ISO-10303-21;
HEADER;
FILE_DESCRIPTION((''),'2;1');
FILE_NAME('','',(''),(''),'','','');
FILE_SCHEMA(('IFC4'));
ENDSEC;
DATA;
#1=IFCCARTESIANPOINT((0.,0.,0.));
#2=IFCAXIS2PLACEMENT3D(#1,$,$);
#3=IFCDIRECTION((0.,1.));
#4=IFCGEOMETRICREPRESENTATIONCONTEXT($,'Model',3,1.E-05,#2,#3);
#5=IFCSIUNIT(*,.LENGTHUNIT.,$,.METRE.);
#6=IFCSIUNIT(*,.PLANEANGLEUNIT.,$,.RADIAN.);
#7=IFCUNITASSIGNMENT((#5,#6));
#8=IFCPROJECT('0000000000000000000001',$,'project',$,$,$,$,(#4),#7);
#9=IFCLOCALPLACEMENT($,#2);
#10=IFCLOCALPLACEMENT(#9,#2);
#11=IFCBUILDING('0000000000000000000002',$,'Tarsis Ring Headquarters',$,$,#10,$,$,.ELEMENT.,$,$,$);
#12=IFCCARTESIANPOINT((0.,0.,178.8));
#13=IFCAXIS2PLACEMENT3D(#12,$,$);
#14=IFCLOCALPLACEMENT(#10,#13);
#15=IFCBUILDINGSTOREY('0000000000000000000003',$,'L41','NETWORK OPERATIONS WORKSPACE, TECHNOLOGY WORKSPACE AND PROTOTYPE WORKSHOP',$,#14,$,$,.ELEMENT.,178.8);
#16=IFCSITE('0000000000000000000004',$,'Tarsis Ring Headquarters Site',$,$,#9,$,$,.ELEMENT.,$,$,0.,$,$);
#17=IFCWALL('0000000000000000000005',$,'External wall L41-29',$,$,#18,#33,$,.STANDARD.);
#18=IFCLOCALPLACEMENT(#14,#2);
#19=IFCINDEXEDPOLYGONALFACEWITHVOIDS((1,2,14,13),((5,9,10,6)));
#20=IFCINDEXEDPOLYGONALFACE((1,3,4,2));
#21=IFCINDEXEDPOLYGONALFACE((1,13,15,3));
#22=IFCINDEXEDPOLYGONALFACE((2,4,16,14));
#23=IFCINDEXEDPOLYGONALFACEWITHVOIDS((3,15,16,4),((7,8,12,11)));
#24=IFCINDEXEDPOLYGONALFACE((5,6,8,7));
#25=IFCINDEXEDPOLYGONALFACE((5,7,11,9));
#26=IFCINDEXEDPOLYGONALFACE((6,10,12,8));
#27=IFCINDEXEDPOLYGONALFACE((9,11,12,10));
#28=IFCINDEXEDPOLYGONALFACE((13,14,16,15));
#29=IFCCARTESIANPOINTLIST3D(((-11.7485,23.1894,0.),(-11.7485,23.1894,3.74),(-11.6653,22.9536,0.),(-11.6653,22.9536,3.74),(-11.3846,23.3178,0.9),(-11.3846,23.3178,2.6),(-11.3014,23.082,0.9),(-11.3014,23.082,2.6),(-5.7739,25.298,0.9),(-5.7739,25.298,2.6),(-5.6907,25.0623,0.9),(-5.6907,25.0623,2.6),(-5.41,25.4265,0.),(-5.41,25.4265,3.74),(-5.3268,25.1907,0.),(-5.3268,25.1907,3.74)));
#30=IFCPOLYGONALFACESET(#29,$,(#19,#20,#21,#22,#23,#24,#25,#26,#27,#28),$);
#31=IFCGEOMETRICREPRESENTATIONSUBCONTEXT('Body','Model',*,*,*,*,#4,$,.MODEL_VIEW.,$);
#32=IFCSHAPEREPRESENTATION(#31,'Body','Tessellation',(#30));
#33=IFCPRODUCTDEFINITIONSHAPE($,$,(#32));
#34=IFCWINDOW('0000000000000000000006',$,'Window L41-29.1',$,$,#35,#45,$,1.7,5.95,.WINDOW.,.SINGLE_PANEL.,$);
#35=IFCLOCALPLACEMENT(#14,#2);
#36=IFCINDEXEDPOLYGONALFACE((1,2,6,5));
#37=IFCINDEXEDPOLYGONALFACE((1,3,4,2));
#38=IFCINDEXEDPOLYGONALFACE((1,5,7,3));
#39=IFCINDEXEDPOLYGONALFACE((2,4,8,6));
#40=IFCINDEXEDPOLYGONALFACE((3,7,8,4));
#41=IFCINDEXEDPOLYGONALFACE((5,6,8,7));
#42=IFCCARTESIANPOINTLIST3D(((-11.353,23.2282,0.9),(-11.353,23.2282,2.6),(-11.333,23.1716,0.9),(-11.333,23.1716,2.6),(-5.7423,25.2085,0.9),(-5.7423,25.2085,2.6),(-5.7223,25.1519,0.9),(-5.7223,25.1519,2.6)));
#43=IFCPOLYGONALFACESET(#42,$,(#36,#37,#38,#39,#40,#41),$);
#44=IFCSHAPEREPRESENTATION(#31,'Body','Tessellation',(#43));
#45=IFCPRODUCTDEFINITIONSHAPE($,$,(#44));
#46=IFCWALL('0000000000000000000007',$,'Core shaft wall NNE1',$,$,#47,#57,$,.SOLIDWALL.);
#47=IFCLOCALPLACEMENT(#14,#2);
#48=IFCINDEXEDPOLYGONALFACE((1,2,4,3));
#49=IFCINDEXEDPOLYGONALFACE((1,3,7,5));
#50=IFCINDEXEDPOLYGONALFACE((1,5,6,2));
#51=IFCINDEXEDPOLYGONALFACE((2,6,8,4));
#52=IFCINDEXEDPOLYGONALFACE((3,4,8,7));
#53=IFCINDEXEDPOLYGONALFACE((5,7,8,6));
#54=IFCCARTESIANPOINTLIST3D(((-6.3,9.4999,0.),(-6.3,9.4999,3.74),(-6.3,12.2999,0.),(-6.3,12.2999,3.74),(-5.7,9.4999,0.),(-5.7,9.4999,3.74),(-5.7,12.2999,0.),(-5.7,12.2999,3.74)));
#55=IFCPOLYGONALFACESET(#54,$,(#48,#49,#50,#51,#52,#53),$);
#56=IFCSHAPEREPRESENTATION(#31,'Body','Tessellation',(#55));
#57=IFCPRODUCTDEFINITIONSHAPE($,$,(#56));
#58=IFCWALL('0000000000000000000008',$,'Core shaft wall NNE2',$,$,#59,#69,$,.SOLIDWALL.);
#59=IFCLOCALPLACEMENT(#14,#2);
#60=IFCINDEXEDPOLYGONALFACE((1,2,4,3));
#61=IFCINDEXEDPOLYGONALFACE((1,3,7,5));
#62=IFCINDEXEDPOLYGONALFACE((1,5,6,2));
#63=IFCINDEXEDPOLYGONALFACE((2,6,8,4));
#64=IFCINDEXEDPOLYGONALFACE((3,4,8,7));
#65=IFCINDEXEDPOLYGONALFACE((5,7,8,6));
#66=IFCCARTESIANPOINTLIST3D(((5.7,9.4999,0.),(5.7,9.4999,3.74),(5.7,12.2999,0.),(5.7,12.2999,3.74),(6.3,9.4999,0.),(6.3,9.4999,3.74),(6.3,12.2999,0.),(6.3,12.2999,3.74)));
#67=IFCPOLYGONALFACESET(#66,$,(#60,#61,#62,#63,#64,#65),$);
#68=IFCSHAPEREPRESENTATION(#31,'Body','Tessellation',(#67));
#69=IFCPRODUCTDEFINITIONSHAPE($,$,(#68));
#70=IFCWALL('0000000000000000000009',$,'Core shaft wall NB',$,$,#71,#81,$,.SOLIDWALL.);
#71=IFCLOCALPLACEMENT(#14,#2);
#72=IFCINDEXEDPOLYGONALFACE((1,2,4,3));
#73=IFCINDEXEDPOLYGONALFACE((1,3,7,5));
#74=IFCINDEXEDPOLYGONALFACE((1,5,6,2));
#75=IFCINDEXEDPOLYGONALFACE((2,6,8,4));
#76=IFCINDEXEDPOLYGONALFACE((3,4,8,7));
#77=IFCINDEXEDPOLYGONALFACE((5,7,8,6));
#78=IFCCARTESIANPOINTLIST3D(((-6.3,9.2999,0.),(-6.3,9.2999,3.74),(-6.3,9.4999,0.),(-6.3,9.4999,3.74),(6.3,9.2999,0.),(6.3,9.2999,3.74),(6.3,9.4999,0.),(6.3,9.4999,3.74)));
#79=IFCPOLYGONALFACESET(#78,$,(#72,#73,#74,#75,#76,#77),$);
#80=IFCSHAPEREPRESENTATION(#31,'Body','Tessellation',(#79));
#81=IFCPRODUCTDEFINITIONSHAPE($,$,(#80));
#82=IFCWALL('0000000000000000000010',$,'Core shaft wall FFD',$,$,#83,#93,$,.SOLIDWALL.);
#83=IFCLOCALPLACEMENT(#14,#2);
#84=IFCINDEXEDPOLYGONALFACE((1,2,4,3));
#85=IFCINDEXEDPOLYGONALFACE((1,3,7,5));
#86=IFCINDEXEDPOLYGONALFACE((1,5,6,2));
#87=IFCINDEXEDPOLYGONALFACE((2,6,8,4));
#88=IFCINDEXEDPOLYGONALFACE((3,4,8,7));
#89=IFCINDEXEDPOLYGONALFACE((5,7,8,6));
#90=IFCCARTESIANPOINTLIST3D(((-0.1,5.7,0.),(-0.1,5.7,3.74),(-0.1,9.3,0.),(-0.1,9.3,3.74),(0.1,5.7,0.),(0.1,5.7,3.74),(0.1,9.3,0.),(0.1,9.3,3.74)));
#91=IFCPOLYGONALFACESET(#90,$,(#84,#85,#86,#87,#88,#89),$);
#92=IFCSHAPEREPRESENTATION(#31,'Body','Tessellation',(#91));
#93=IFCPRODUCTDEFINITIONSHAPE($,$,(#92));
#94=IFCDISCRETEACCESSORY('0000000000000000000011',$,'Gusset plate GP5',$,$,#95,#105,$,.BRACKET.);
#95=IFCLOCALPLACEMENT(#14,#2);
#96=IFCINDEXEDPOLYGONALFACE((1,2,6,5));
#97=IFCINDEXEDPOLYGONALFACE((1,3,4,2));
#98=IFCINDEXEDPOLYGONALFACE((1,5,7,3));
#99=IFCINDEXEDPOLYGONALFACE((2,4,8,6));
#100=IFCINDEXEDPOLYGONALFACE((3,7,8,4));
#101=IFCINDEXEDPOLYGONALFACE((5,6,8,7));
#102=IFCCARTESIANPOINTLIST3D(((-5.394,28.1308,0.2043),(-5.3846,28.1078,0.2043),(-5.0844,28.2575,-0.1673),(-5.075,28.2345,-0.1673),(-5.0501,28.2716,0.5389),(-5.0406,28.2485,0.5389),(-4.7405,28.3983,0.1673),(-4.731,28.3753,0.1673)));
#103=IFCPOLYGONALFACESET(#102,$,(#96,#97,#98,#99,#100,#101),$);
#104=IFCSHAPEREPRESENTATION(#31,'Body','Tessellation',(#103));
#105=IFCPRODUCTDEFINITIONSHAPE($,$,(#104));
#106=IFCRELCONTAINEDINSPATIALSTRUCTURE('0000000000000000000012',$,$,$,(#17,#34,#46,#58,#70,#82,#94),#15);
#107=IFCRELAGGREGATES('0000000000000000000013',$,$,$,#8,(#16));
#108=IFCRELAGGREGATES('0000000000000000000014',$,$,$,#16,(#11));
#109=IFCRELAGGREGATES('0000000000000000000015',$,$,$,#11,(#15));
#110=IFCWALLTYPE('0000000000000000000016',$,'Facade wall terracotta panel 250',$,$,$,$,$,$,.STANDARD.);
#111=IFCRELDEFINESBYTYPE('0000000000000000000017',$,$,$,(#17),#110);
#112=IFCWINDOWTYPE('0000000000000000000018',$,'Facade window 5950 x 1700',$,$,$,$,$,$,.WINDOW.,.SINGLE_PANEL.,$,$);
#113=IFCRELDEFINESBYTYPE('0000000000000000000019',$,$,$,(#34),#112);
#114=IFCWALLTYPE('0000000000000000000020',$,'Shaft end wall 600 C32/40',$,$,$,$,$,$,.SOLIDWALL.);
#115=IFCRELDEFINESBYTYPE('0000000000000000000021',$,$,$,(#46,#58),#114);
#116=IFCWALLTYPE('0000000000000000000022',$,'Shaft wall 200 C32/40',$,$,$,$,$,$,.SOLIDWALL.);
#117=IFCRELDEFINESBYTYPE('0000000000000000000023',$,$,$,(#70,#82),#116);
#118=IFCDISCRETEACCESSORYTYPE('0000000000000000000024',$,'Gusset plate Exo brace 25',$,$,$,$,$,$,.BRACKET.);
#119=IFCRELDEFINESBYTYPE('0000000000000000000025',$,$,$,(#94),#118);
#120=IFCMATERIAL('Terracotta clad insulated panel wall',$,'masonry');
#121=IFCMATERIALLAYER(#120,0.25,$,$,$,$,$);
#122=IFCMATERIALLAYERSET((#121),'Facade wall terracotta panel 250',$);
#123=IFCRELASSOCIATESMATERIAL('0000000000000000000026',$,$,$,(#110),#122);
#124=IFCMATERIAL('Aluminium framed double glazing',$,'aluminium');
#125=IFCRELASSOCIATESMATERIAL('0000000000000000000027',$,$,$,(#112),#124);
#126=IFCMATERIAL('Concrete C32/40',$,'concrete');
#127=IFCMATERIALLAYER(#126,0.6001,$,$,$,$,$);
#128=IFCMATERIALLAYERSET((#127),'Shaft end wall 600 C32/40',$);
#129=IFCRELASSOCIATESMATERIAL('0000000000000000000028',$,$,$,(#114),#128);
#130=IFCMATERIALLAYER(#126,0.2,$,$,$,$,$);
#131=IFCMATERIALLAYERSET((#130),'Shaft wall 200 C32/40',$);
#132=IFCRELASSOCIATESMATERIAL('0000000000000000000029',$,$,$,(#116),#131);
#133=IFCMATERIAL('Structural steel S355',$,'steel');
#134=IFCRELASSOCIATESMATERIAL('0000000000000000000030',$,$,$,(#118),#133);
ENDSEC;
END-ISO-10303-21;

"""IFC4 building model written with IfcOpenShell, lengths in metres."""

from ifc_helpers import new_model, si_unit, direction, frame, frame_2d, origin, origin_2d, place, context, subcontext, project, spatial, rectangle, extrude, material, layer, layer_set, material_profile, profile_set, type_object, element, fill, save


model = new_model("IFC4")

# Units and contexts
model_context = context("Model", 3, precision=1e-05, world=origin(), true_north=direction((0.0, 1.0)))
body_context = subcontext(model_context, "Body", "Model", "MODEL_VIEW")
ifc_project = project(units=[si_unit("LENGTHUNIT", "METRE"), si_unit("PLANEANGLEUNIT", "RADIAN")], contexts=[model_context])

# Site, building, storey
site_placement = place(None, origin())
site = spatial("IfcSite", under=ifc_project, at=site_placement, Name="Tarsis Ring Headquarters Site", CompositionType="ELEMENT", RefElevation=0.0)
building_placement = place(site_placement, origin())
building = spatial("IfcBuilding", under=site, at=building_placement, Name="Tarsis Ring Headquarters", CompositionType="ELEMENT")
storey_placement = place(building_placement, frame((0.0, 0.0, 178.8)))
storey = spatial("IfcBuildingStorey", under=building, at=storey_placement, Name="L41", Description="NETWORK OPERATIONS WORKSPACE, TECHNOLOGY WORKSPACE AND PROTOTYPE WORKSHOP", CompositionType="ELEMENT", Elevation=178.8)

# Shared definitions
ifc_material_1 = material(Name="Structural steel S355", Category="steel")

# Wall, opening, window
ifc_material_2 = material(Name="Terracotta clad insulated panel wall", Category="masonry")
ifc_layer_1 = layer(ifc_material_2, 0.25)
ifc_layer_set_1 = layer_set([ifc_layer_1], Name="Facade wall terracotta panel 250")
wall_type_1 = type_object("IfcWallType", Name="Facade wall terracotta panel 250", PredefinedType="STANDARD", material=ifc_layer_set_1)
ifc_material_3 = material(Name="Aluminium framed double glazing", Category="aluminium")
window_type = type_object("IfcWindowType", Name="Facade window 5950 x 1700", PartitioningType="SINGLE_PANEL", PredefinedType="WINDOW", material=ifc_material_3)
wall_1_placement = place(storey_placement, frame((-5.3684, 25.3086, 0.0), z_axis=(0.0, 0.0, 1.0), x_axis=(-0.942991, -0.332818, 0.0)))
wall_1 = element("IfcWall", 1, at=wall_1_placement, inside=storey, type_object=wall_type_1, Name="External wall L41-29", PredefinedType="STANDARD", context=body_context, shape_type="SweptSolid", body=[
    extrude(rectangle(XDim=6.7217, YDim=0.25, at=frame_2d((3.3608, 0.0))), origin(), (0.0, 0.0, 1.0), 3.74),
])
opening_1_placement = place(wall_1_placement, frame((0.3857, 0.0, 0.8999)))
opening_1 = element("IfcOpeningElement", 2, at=opening_1_placement, cuts=wall_1, PredefinedType="OPENING", context=body_context, shape_type="SweptSolid", body=[
    extrude(rectangle(XDim=5.95, YDim=1.7, at=frame_2d((2.9751, 0.8501))), frame((0.0, 0.135, 0.0), z_axis=(0.0, -1.0, 0.0), x_axis=(1.0, 0.0, 0.0)), (0.0, 0.0, 1.0), 0.27),
])
window_1_placement = place(opening_1_placement, origin())
window_1 = element("IfcWindow", 3, at=window_1_placement, inside=storey, type_object=window_type, Name="Window L41-29.1", OverallHeight=1.7, OverallWidth=5.95, PartitioningType="SINGLE_PANEL", PredefinedType="WINDOW", context=body_context, shape_type="SweptSolid", body=[
    extrude(rectangle(XDim=5.95, YDim=1.7, at=frame_2d((2.9751, 0.8501))), frame((0.0, 0.03, 0.0), z_axis=(0.0, -1.0, 0.0), x_axis=(1.0, 0.0, 0.0)), (0.0, 0.0, 1.0), 0.0601),
])
fill(opening_1, window_1)

# Walls
ifc_material_4 = material(Name="Concrete C32/40", Category="concrete")
ifc_layer_2 = layer(ifc_material_4, 0.6001)
ifc_layer_set_2 = layer_set([ifc_layer_2], Name="Shaft end wall 600 C32/40")
wall_type_2 = type_object("IfcWallType", Name="Shaft end wall 600 C32/40", PredefinedType="SOLIDWALL", material=ifc_layer_set_2)
for number, where, z_axis, x_axis, name in (
    (4, (-6.0, 9.5, 0.0), (0.0, 0.0, 1.0), (0.0, 1.0, 0.0), "Core shaft wall NNE1"),
    (5, (6.0, 9.5, 0.0), (0.0, 0.0, 1.0), (0.0, 1.0, 0.0), "Core shaft wall NNE2"),
):
    element("IfcWall", number, at=place(storey_placement, frame(where, z_axis=z_axis, x_axis=x_axis)), inside=storey, type_object=wall_type_2, Name=name, PredefinedType="SOLIDWALL", context=body_context, shape_type="SweptSolid", body=[
        extrude(rectangle(XDim=2.8, YDim=0.6001, at=frame_2d((1.3999, 0.0))), origin(), (0.0, 0.0, 1.0), 3.74),
    ])
ifc_layer_3 = layer(ifc_material_4, 0.2)
ifc_layer_set_3 = layer_set([ifc_layer_3], Name="Shaft wall 200 C32/40")
wall_type_3 = type_object("IfcWallType", Name="Shaft wall 200 C32/40", PredefinedType="SOLIDWALL", material=ifc_layer_set_3)
wall_2_placement = place(storey_placement, frame((-6.3, 9.3999, 0.0), z_axis=(0.0, 0.0, 1.0), x_axis=(1.0, 0.0, 0.0)))
element("IfcWall", 6, at=wall_2_placement, inside=storey, type_object=wall_type_3, Name="Core shaft wall NB", PredefinedType="SOLIDWALL", context=body_context, shape_type="SweptSolid", body=[
    extrude(rectangle(XDim=12.6001, YDim=0.2, at=frame_2d((6.3, 0.0))), origin(), (0.0, 0.0, 1.0), 3.74),
])
wall_3_placement = place(storey_placement, frame((0.0, 5.7, 0.0), z_axis=(0.0, 0.0, 1.0), x_axis=(0.0, 1.0, 0.0)))
element("IfcWall", 7, at=wall_3_placement, inside=storey, type_object=wall_type_3, Name="Core shaft wall FFD", PredefinedType="SOLIDWALL", context=body_context, shape_type="SweptSolid", body=[
    extrude(rectangle(XDim=3.6001, YDim=0.2, at=frame_2d((1.8, 0.0))), origin(), (0.0, 0.0, 1.0), 3.74),
])

# Discrete accessory
ifc_material_profile_1 = material_profile(ifc_material_1, rectangle(XDim=0.0249, YDim=0.5, at=origin_2d()), Name="PL 25x500")
ifc_profile_set_1 = profile_set([ifc_material_profile_1], Name="Structural steel S355")
discrete_accessory_type = type_object("IfcDiscreteAccessoryType", Name="Gusset plate Exo brace 25", PredefinedType="BRACKET", material=ifc_profile_set_1)
discrete_accessory_placement = place(storey_placement, frame((-4.9077, 28.3164, 0.0), z_axis=(-0.619187, -0.253437, 0.74322), x_axis=(0.378803, -0.925477, 0.0)))
element("IfcDiscreteAccessory", 8, at=discrete_accessory_placement, inside=storey, type_object=discrete_accessory_type, Name="Gusset plate GP5", PredefinedType="BRACKET", context=body_context, shape_type="SweptSolid", body=[
    extrude(rectangle(XDim=0.0249, YDim=0.5, at=origin_2d()), origin(), (0.0, 0.0, 1.0), 0.5),
])

save(model, "model.ifc")
